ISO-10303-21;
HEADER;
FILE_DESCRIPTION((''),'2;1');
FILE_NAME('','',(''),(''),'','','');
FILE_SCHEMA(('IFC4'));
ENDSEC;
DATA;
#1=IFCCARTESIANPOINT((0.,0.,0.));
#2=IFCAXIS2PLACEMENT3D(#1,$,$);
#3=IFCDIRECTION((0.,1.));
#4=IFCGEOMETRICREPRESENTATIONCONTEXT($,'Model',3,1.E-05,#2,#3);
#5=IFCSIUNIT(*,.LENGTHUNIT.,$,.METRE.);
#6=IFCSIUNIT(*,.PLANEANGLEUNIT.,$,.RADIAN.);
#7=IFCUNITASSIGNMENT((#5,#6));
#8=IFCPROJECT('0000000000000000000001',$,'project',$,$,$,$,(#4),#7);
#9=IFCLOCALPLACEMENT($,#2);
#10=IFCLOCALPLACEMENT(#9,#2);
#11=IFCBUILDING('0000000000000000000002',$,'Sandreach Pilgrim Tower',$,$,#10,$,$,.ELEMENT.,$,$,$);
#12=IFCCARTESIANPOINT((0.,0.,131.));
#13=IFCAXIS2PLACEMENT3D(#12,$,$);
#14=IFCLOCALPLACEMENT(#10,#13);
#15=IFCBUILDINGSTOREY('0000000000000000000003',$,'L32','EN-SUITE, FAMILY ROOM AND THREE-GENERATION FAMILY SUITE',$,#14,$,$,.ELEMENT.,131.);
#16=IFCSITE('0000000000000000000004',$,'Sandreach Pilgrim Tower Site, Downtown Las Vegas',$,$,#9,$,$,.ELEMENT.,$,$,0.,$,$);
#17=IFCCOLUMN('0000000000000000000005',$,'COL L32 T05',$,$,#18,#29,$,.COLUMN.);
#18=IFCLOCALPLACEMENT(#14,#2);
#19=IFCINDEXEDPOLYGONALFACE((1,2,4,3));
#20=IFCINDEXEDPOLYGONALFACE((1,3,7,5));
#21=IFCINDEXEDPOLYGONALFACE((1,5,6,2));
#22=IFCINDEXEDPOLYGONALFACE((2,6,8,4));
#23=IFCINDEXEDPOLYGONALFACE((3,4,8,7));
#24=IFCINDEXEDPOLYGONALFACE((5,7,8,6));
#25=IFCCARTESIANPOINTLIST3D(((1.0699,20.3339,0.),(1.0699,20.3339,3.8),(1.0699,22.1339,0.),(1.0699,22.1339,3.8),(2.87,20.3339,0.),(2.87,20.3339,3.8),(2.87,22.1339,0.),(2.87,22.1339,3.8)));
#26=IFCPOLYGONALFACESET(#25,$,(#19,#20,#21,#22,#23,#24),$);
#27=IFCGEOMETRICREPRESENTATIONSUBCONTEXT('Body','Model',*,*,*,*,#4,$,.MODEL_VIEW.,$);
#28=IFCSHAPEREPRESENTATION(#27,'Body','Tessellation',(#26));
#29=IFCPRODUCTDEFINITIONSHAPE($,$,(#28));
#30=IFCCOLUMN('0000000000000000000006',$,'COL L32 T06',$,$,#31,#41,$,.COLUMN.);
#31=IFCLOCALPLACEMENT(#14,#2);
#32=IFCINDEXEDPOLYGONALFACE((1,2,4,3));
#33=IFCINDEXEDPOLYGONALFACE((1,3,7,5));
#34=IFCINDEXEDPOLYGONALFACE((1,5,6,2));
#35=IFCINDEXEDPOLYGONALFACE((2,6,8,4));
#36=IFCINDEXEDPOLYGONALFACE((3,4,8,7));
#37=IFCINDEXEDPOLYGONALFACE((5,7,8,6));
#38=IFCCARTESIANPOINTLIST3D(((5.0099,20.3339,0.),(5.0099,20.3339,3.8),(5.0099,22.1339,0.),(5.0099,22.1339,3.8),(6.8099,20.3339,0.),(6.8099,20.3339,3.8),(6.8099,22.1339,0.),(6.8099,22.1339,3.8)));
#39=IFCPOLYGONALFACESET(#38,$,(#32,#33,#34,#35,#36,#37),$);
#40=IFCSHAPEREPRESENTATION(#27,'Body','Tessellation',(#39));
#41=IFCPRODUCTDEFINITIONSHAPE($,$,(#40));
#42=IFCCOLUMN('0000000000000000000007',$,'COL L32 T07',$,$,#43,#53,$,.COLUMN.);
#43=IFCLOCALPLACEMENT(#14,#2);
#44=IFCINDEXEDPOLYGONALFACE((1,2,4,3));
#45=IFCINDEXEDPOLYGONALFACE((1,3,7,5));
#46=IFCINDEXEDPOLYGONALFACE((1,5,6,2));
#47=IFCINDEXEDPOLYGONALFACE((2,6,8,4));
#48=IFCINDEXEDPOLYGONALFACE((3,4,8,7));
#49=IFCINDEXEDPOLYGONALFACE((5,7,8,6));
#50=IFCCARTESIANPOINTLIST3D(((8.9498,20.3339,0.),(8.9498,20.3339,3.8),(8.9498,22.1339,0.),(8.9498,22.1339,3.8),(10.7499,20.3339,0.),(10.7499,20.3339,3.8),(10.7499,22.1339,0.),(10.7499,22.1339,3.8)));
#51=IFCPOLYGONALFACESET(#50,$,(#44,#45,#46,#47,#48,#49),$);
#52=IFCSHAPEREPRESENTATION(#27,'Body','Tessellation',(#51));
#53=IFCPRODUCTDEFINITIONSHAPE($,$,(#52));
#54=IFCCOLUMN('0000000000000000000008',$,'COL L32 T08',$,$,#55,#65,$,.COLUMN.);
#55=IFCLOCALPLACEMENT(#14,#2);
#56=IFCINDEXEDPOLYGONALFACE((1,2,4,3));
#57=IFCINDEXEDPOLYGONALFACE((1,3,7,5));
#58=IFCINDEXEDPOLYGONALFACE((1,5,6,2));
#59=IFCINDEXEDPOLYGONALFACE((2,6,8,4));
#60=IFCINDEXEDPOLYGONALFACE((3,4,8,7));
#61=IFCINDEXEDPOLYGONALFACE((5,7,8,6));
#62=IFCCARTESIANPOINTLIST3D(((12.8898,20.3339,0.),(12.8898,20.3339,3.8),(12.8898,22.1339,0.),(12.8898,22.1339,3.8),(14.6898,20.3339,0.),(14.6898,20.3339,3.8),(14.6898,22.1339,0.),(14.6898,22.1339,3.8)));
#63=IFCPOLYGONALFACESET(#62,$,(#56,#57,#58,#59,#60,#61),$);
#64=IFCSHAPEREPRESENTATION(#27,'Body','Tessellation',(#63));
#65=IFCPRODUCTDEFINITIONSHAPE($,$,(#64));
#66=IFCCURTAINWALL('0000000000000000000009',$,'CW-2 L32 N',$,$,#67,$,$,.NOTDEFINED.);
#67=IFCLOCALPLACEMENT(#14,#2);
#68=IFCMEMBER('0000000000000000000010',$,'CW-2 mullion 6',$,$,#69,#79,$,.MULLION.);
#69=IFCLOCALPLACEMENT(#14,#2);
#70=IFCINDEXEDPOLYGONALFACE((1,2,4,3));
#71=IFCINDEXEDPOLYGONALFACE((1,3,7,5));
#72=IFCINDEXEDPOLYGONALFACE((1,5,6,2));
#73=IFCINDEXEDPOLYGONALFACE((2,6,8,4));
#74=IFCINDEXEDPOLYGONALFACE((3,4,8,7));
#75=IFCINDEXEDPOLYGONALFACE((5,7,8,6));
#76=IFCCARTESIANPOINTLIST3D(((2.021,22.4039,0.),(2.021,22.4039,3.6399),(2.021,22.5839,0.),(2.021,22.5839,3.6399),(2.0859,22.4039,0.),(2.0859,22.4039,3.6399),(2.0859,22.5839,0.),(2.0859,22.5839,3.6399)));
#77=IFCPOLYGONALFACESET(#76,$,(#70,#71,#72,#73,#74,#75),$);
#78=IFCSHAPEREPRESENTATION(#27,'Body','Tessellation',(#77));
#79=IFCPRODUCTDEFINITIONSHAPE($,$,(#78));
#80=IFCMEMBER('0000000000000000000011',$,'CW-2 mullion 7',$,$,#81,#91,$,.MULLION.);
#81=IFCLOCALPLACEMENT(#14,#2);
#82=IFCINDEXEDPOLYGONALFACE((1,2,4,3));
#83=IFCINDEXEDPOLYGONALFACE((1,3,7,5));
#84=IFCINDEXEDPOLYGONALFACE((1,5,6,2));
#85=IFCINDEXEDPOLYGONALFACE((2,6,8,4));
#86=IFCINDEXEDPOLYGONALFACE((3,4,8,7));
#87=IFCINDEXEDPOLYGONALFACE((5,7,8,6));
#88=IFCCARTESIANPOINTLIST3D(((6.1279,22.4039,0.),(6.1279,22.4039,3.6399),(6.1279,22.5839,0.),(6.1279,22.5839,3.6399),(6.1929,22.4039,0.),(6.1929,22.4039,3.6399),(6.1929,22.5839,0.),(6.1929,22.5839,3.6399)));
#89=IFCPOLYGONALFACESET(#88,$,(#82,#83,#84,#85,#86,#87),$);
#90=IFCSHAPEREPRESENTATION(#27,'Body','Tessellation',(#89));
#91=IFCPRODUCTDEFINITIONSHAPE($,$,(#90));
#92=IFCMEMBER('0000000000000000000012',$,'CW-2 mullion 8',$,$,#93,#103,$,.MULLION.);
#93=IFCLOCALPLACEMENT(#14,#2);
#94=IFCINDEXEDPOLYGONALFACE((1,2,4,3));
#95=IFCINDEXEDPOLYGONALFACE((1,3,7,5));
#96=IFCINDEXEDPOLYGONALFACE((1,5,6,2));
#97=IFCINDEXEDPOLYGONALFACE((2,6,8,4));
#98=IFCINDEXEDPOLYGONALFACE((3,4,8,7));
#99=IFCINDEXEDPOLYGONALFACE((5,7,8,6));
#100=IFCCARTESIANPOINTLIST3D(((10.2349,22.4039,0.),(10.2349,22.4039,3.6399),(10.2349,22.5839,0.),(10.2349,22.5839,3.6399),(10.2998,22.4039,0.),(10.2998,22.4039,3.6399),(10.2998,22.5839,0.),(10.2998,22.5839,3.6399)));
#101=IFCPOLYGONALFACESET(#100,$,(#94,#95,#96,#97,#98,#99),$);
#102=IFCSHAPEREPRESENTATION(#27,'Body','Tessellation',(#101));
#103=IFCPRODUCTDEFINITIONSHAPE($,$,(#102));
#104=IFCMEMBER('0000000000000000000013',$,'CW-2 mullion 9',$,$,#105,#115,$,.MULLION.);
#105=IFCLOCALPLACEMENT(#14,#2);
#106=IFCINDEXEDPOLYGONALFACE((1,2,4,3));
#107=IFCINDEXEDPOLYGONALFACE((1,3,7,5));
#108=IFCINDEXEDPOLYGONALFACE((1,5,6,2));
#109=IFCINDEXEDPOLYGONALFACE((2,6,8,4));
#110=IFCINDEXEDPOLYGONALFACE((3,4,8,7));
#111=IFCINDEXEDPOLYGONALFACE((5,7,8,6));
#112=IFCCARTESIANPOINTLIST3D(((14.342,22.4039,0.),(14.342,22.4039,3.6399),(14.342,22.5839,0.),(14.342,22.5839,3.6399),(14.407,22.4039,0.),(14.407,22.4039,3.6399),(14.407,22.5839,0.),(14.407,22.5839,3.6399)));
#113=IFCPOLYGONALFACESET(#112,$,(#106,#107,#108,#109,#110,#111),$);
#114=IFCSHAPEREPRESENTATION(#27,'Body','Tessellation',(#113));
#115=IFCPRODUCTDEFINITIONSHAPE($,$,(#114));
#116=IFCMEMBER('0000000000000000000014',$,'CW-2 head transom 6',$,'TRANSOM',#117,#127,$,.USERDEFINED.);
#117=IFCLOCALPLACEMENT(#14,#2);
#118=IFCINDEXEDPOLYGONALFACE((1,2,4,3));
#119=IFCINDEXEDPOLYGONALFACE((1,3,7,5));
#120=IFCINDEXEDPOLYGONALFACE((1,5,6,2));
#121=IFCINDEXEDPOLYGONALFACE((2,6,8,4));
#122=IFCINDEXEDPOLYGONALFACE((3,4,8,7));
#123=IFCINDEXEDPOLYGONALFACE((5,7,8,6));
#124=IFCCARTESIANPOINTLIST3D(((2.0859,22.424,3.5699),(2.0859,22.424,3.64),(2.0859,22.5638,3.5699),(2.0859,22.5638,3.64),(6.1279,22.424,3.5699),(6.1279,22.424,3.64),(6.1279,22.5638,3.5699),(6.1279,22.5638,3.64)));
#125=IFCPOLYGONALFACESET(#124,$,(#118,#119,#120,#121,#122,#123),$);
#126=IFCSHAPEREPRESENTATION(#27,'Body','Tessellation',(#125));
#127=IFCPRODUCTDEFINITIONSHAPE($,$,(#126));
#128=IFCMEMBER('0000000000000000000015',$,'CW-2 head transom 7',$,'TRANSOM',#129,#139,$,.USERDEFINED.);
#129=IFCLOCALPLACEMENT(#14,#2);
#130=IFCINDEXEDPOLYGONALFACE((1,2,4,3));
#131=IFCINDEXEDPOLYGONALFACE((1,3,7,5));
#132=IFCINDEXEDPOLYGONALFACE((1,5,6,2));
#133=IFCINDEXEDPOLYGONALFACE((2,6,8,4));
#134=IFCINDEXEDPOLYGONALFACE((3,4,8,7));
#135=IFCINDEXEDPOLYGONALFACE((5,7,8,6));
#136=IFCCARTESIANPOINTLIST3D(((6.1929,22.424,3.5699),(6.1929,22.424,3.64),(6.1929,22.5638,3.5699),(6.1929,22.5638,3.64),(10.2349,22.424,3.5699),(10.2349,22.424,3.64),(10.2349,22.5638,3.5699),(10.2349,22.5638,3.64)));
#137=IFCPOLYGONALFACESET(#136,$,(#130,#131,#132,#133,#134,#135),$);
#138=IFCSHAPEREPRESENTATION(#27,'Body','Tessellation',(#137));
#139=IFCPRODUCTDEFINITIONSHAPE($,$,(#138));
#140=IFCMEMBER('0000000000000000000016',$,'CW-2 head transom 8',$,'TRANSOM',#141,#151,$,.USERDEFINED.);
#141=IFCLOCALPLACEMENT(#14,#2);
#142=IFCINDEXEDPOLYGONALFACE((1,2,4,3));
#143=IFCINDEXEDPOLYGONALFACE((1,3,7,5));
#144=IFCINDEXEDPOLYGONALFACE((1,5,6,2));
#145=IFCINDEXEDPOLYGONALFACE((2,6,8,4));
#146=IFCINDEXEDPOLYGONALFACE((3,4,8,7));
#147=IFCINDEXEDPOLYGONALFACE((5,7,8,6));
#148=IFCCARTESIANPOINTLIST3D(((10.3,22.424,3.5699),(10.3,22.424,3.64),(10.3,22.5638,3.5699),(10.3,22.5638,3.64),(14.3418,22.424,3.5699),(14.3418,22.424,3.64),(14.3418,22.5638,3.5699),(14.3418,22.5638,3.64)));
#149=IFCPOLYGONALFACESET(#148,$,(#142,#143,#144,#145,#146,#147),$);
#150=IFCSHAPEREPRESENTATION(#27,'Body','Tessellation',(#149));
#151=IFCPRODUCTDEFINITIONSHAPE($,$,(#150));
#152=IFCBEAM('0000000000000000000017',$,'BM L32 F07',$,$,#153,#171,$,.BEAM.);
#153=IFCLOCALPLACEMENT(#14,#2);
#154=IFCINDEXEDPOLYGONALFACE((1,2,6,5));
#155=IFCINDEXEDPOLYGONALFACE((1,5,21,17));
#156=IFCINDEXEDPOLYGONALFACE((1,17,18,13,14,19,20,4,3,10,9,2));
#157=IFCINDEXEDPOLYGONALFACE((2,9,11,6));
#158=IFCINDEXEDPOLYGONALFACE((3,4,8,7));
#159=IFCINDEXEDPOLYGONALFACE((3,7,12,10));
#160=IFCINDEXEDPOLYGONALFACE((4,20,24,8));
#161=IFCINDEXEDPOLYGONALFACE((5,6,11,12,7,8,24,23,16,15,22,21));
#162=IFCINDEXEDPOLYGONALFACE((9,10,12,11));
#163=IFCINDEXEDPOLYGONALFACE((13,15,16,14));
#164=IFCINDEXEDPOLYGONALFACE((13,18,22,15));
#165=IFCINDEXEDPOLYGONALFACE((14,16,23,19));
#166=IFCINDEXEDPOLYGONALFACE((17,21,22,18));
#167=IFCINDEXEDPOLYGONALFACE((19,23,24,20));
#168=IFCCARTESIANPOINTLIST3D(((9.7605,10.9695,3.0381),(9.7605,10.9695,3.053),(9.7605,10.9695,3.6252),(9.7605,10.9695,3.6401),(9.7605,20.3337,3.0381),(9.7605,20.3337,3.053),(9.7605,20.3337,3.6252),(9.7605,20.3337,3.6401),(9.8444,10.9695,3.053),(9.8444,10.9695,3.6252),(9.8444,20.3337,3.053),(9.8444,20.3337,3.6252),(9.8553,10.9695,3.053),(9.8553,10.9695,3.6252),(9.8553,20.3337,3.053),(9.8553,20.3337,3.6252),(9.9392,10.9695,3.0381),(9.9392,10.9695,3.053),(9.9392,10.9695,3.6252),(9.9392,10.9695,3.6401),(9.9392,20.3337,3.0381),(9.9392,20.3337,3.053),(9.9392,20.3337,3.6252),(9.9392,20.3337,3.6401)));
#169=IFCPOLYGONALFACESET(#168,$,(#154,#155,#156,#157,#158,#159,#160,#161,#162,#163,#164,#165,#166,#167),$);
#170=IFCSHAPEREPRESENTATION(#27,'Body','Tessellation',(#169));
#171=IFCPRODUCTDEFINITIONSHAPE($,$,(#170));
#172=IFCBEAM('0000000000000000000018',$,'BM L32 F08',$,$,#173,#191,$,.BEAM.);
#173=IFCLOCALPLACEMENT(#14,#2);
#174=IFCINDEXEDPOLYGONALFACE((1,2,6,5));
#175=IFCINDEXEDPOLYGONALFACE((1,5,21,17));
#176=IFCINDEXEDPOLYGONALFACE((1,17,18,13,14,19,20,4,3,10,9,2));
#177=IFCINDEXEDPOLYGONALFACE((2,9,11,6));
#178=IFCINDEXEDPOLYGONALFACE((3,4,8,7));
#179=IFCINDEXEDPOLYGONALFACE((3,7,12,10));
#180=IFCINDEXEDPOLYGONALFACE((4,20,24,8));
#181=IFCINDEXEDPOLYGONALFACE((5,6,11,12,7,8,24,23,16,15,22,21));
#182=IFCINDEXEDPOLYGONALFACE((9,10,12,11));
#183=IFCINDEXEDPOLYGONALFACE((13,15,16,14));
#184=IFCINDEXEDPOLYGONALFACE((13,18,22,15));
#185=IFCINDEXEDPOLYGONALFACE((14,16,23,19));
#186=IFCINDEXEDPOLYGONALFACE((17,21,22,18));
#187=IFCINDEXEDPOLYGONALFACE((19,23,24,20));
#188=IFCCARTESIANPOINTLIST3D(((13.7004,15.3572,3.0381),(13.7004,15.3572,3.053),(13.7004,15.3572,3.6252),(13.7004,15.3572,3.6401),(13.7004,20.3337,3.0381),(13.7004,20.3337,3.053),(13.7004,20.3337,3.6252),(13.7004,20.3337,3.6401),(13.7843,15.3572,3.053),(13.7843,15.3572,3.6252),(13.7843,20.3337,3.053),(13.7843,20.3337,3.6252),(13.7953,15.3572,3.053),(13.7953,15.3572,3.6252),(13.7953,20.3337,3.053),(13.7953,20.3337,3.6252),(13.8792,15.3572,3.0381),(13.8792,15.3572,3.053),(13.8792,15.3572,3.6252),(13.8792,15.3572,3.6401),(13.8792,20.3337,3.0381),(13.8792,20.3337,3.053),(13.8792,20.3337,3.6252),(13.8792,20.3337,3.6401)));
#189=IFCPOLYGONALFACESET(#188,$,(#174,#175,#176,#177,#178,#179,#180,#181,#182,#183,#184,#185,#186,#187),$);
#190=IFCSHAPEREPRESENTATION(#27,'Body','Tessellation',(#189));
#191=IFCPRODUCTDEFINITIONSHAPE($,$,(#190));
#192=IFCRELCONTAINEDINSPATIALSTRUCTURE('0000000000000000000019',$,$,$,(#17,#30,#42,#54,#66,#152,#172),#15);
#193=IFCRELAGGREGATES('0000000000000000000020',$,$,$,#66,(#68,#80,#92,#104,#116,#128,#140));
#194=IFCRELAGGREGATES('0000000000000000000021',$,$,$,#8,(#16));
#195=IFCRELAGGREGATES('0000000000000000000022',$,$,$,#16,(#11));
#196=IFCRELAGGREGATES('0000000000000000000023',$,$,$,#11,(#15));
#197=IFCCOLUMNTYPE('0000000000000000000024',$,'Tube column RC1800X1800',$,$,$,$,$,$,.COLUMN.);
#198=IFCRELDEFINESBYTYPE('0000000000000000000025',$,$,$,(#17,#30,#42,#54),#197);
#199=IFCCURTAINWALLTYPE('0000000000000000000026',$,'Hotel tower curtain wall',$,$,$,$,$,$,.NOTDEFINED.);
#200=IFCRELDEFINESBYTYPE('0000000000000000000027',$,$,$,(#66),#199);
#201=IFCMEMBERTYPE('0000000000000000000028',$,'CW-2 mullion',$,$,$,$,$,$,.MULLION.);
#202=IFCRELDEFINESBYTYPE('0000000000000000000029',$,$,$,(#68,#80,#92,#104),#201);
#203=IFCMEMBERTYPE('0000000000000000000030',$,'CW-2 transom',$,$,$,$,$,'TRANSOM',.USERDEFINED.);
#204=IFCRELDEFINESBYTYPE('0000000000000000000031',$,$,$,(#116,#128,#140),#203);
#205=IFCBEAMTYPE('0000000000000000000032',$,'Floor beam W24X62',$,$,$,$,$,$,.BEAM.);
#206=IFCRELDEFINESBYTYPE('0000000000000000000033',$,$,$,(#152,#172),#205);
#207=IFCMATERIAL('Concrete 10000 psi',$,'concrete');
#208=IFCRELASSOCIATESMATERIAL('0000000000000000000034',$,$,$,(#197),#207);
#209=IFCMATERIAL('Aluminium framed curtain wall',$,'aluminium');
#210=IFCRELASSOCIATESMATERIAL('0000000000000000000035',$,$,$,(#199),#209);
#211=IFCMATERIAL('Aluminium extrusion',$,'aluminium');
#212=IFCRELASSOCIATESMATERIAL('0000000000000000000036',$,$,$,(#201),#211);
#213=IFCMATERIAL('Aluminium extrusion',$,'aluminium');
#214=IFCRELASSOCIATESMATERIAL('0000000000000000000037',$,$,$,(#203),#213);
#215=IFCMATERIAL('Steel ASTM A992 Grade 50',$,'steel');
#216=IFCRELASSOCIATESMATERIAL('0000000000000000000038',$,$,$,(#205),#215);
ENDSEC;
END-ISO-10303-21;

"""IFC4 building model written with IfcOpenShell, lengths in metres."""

from ifc_helpers import new_model, si_unit, direction, frame, origin, origin_2d, place, context, subcontext, project, spatial, rectangle, i_section, extrude, material, material_profile, profile_set, type_object, element, aggregate, save


model = new_model("IFC4")

# Units and contexts
model_context = context("Model", 3, precision=1e-05, world=origin(), true_north=direction((0.0, 1.0)))
body_context = subcontext(model_context, "Body", "Model", "MODEL_VIEW")
ifc_project = project(units=[si_unit("LENGTHUNIT", "METRE"), si_unit("PLANEANGLEUNIT", "RADIAN")], contexts=[model_context])

# Site, building, storey
site_placement = place(None, origin())
site = spatial("IfcSite", under=ifc_project, at=site_placement, Name="Sandreach Pilgrim Tower Site, Downtown Las Vegas", CompositionType="ELEMENT", RefElevation=0.0)
building_placement = place(site_placement, origin())
building = spatial("IfcBuilding", under=site, at=building_placement, Name="Sandreach Pilgrim Tower", CompositionType="ELEMENT")
storey_placement = place(building_placement, frame((0.0, 0.0, 131.0)))
storey = spatial("IfcBuildingStorey", under=building, at=storey_placement, Name="L32", Description="EN-SUITE, FAMILY ROOM AND THREE-GENERATION FAMILY SUITE", CompositionType="ELEMENT", Elevation=131.0)

# Columns
ifc_material_1 = material(Name="Concrete 10000 psi", Category="concrete")
ifc_material_profile_1 = material_profile(ifc_material_1, rectangle(XDim=1.8, YDim=1.8, at=origin_2d()), Name="RC1800X1800")
ifc_profile_set_1 = profile_set([ifc_material_profile_1], Name="Concrete 10000 psi")
column_type = type_object("IfcColumnType", Name="Tube column RC1800X1800", PredefinedType="COLUMN", material=ifc_profile_set_1)
for number, where, z_axis, x_axis, name in (
    (1, (1.97, 21.2339, 0.0), (0.0, 0.0, 1.0), (0.0, 1.0, 0.0), "COL L32 T05"),
    (2, (5.9099, 21.2339, 0.0), (0.0, 0.0, 1.0), (0.0, 1.0, 0.0), "COL L32 T06"),
    (3, (9.8499, 21.2339, 0.0), (0.0, 0.0, 1.0), (0.0, 1.0, 0.0), "COL L32 T07"),
    (4, (13.7898, 21.2339, 0.0), (0.0, 0.0, 1.0), (0.0, 1.0, 0.0), "COL L32 T08"),
):
    element("IfcColumn", number, at=place(storey_placement, frame(where, z_axis=z_axis, x_axis=x_axis)), inside=storey, type_object=column_type, Name=name, PredefinedType="COLUMN", context=body_context, shape_type="SweptSolid", body=[
        extrude(rectangle(XDim=1.8, YDim=1.8, at=origin_2d()), origin(), (0.0, 0.0, 1.0), 3.8),
    ])

# Curtain wall, members
ifc_material_2 = material(Name="Aluminium framed curtain wall", Category="aluminium")
curtain_wall_type = type_object("IfcCurtainWallType", Name="Hotel tower curtain wall", PredefinedType="NOTDEFINED", material=ifc_material_2)
curtain_wall_placement = place(storey_placement, origin())
curtain_wall = element("IfcCurtainWall", 5, at=curtain_wall_placement, inside=storey, type_object=curtain_wall_type, Name="CW-2 L32 N", PredefinedType="NOTDEFINED")
ifc_material_3 = material(Name="Aluminium extrusion", Category="aluminium")
ifc_material_profile_2 = material_profile(ifc_material_3, rectangle(XDim=0.0649, YDim=0.1799, at=origin_2d()), Name="CW-2M 65X180")
ifc_profile_set_2 = profile_set([ifc_material_profile_2], Name="Aluminium extrusion")
member_type_1 = type_object("IfcMemberType", Name="CW-2 mullion", PredefinedType="MULLION", material=ifc_profile_set_2)
member_1_placement = place(storey_placement, frame((2.0535, 22.4939, 0.0), z_axis=(0.0, 0.0, 1.0), x_axis=(1.0, 0.0, 0.0)))
member_1 = element("IfcMember", 6, at=member_1_placement, type_object=member_type_1, Name="CW-2 mullion 6", PredefinedType="MULLION", context=body_context, shape_type="SweptSolid", body=[
    extrude(rectangle(XDim=0.0649, YDim=0.1799, at=origin_2d()), origin(), (0.0, 0.0, 1.0), 3.6399),
])
member_2_placement = place(storey_placement, frame((6.1604, 22.4939, 0.0), z_axis=(0.0, 0.0, 1.0), x_axis=(1.0, 0.0, 0.0)))
member_2 = element("IfcMember", 7, at=member_2_placement, type_object=member_type_1, Name="CW-2 mullion 7", PredefinedType="MULLION", context=body_context, shape_type="SweptSolid", body=[
    extrude(rectangle(XDim=0.0649, YDim=0.1799, at=origin_2d()), origin(), (0.0, 0.0, 1.0), 3.6399),
])
member_3_placement = place(storey_placement, frame((10.2673, 22.4939, 0.0), z_axis=(0.0, 0.0, 1.0), x_axis=(1.0, 0.0, 0.0)))
member_3 = element("IfcMember", 8, at=member_3_placement, type_object=member_type_1, Name="CW-2 mullion 8", PredefinedType="MULLION", context=body_context, shape_type="SweptSolid", body=[
    extrude(rectangle(XDim=0.0649, YDim=0.1799, at=origin_2d()), origin(), (0.0, 0.0, 1.0), 3.6399),
])
member_4_placement = place(storey_placement, frame((14.3745, 22.4939, 0.0), z_axis=(0.0, 0.0, 1.0), x_axis=(1.0, 0.0, 0.0)))
member_4 = element("IfcMember", 9, at=member_4_placement, type_object=member_type_1, Name="CW-2 mullion 9", PredefinedType="MULLION", context=body_context, shape_type="SweptSolid", body=[
    extrude(rectangle(XDim=0.0649, YDim=0.1799, at=origin_2d()), origin(), (0.0, 0.0, 1.0), 3.6399),
])
ifc_material_4 = material(Name="Aluminium extrusion", Category="aluminium")
ifc_material_profile_3 = material_profile(ifc_material_4, rectangle(XDim=0.1399, YDim=0.0701, at=origin_2d()), Name="CW-2T 140X70")
ifc_profile_set_3 = profile_set([ifc_material_profile_3], Name="Aluminium extrusion")
member_type_2 = type_object("IfcMemberType", Name="CW-2 transom", ElementType="TRANSOM", PredefinedType="USERDEFINED", material=ifc_profile_set_3)
member_5_placement = place(storey_placement, frame((2.0859, 22.4939, 3.605), z_axis=(1.0, 0.0, 0.0), x_axis=(0.0, 1.0, 0.0)))
member_5 = element("IfcMember", 10, at=member_5_placement, type_object=member_type_2, Name="CW-2 head transom 6", ObjectType="TRANSOM", PredefinedType="USERDEFINED", context=body_context, shape_type="SweptSolid", body=[
    extrude(rectangle(XDim=0.1399, YDim=0.0701, at=origin_2d()), origin(), (0.0, 0.0, 1.0), 4.042),
])
member_6_placement = place(storey_placement, frame((6.1929, 22.4939, 3.605), z_axis=(1.0, 0.0, 0.0), x_axis=(0.0, 1.0, 0.0)))
member_6 = element("IfcMember", 11, at=member_6_placement, type_object=member_type_2, Name="CW-2 head transom 7", ObjectType="TRANSOM", PredefinedType="USERDEFINED", context=body_context, shape_type="SweptSolid", body=[
    extrude(rectangle(XDim=0.1399, YDim=0.0701, at=origin_2d()), origin(), (0.0, 0.0, 1.0), 4.042),
])
member_7_placement = place(storey_placement, frame((10.3, 22.4939, 3.605), z_axis=(1.0, 0.0, 0.0), x_axis=(0.0, 1.0, 0.0)))
member_7 = element("IfcMember", 12, at=member_7_placement, type_object=member_type_2, Name="CW-2 head transom 8", ObjectType="TRANSOM", PredefinedType="USERDEFINED", context=body_context, shape_type="SweptSolid", body=[
    extrude(rectangle(XDim=0.1399, YDim=0.0701, at=origin_2d()), origin(), (0.0, 0.0, 1.0), 4.0417),
])

# Beams
ifc_material_5 = material(Name="Steel ASTM A992 Grade 50", Category="steel")
ifc_material_profile_4 = material_profile(ifc_material_5, i_section(OverallWidth=0.1787, OverallDepth=0.6021, WebThickness=0.011, FlangeThickness=0.0149, at=origin_2d()), Name="W24X62")
ifc_profile_set_4 = profile_set([ifc_material_profile_4], Name="Steel ASTM A992 Grade 50")
beam_type_1 = type_object("IfcBeamType", Name="Floor beam W24X62", PredefinedType="BEAM", material=ifc_profile_set_4)
beam_1_placement = place(storey_placement, frame((9.8499, 20.3337, 3.3391), z_axis=(0.0, -1.0, 0.0), x_axis=(1.0, 0.0, 0.0)))
element("IfcBeam", 13, at=beam_1_placement, inside=storey, type_object=beam_type_1, Name="BM L32 F07", PredefinedType="BEAM", context=body_context, shape_type="SweptSolid", body=[
    extrude(i_section(OverallWidth=0.1787, OverallDepth=0.6021, WebThickness=0.011, FlangeThickness=0.0149, at=origin_2d()), origin(), (0.0, 0.0, 1.0), 9.3643),
])
beam_2_placement = place(storey_placement, frame((13.7898, 20.3337, 3.3391), z_axis=(0.0, -1.0, 0.0), x_axis=(1.0, 0.0, 0.0)))
element("IfcBeam", 14, at=beam_2_placement, inside=storey, type_object=beam_type_1, Name="BM L32 F08", PredefinedType="BEAM", context=body_context, shape_type="SweptSolid", body=[
    extrude(i_section(OverallWidth=0.1787, OverallDepth=0.6021, WebThickness=0.011, FlangeThickness=0.0149, at=origin_2d()), origin(), (0.0, 0.0, 1.0), 4.9766),
])

aggregate(curtain_wall, [member_1, member_2, member_3, member_4, member_5, member_6, member_7])

save(model, "model.ifc")
